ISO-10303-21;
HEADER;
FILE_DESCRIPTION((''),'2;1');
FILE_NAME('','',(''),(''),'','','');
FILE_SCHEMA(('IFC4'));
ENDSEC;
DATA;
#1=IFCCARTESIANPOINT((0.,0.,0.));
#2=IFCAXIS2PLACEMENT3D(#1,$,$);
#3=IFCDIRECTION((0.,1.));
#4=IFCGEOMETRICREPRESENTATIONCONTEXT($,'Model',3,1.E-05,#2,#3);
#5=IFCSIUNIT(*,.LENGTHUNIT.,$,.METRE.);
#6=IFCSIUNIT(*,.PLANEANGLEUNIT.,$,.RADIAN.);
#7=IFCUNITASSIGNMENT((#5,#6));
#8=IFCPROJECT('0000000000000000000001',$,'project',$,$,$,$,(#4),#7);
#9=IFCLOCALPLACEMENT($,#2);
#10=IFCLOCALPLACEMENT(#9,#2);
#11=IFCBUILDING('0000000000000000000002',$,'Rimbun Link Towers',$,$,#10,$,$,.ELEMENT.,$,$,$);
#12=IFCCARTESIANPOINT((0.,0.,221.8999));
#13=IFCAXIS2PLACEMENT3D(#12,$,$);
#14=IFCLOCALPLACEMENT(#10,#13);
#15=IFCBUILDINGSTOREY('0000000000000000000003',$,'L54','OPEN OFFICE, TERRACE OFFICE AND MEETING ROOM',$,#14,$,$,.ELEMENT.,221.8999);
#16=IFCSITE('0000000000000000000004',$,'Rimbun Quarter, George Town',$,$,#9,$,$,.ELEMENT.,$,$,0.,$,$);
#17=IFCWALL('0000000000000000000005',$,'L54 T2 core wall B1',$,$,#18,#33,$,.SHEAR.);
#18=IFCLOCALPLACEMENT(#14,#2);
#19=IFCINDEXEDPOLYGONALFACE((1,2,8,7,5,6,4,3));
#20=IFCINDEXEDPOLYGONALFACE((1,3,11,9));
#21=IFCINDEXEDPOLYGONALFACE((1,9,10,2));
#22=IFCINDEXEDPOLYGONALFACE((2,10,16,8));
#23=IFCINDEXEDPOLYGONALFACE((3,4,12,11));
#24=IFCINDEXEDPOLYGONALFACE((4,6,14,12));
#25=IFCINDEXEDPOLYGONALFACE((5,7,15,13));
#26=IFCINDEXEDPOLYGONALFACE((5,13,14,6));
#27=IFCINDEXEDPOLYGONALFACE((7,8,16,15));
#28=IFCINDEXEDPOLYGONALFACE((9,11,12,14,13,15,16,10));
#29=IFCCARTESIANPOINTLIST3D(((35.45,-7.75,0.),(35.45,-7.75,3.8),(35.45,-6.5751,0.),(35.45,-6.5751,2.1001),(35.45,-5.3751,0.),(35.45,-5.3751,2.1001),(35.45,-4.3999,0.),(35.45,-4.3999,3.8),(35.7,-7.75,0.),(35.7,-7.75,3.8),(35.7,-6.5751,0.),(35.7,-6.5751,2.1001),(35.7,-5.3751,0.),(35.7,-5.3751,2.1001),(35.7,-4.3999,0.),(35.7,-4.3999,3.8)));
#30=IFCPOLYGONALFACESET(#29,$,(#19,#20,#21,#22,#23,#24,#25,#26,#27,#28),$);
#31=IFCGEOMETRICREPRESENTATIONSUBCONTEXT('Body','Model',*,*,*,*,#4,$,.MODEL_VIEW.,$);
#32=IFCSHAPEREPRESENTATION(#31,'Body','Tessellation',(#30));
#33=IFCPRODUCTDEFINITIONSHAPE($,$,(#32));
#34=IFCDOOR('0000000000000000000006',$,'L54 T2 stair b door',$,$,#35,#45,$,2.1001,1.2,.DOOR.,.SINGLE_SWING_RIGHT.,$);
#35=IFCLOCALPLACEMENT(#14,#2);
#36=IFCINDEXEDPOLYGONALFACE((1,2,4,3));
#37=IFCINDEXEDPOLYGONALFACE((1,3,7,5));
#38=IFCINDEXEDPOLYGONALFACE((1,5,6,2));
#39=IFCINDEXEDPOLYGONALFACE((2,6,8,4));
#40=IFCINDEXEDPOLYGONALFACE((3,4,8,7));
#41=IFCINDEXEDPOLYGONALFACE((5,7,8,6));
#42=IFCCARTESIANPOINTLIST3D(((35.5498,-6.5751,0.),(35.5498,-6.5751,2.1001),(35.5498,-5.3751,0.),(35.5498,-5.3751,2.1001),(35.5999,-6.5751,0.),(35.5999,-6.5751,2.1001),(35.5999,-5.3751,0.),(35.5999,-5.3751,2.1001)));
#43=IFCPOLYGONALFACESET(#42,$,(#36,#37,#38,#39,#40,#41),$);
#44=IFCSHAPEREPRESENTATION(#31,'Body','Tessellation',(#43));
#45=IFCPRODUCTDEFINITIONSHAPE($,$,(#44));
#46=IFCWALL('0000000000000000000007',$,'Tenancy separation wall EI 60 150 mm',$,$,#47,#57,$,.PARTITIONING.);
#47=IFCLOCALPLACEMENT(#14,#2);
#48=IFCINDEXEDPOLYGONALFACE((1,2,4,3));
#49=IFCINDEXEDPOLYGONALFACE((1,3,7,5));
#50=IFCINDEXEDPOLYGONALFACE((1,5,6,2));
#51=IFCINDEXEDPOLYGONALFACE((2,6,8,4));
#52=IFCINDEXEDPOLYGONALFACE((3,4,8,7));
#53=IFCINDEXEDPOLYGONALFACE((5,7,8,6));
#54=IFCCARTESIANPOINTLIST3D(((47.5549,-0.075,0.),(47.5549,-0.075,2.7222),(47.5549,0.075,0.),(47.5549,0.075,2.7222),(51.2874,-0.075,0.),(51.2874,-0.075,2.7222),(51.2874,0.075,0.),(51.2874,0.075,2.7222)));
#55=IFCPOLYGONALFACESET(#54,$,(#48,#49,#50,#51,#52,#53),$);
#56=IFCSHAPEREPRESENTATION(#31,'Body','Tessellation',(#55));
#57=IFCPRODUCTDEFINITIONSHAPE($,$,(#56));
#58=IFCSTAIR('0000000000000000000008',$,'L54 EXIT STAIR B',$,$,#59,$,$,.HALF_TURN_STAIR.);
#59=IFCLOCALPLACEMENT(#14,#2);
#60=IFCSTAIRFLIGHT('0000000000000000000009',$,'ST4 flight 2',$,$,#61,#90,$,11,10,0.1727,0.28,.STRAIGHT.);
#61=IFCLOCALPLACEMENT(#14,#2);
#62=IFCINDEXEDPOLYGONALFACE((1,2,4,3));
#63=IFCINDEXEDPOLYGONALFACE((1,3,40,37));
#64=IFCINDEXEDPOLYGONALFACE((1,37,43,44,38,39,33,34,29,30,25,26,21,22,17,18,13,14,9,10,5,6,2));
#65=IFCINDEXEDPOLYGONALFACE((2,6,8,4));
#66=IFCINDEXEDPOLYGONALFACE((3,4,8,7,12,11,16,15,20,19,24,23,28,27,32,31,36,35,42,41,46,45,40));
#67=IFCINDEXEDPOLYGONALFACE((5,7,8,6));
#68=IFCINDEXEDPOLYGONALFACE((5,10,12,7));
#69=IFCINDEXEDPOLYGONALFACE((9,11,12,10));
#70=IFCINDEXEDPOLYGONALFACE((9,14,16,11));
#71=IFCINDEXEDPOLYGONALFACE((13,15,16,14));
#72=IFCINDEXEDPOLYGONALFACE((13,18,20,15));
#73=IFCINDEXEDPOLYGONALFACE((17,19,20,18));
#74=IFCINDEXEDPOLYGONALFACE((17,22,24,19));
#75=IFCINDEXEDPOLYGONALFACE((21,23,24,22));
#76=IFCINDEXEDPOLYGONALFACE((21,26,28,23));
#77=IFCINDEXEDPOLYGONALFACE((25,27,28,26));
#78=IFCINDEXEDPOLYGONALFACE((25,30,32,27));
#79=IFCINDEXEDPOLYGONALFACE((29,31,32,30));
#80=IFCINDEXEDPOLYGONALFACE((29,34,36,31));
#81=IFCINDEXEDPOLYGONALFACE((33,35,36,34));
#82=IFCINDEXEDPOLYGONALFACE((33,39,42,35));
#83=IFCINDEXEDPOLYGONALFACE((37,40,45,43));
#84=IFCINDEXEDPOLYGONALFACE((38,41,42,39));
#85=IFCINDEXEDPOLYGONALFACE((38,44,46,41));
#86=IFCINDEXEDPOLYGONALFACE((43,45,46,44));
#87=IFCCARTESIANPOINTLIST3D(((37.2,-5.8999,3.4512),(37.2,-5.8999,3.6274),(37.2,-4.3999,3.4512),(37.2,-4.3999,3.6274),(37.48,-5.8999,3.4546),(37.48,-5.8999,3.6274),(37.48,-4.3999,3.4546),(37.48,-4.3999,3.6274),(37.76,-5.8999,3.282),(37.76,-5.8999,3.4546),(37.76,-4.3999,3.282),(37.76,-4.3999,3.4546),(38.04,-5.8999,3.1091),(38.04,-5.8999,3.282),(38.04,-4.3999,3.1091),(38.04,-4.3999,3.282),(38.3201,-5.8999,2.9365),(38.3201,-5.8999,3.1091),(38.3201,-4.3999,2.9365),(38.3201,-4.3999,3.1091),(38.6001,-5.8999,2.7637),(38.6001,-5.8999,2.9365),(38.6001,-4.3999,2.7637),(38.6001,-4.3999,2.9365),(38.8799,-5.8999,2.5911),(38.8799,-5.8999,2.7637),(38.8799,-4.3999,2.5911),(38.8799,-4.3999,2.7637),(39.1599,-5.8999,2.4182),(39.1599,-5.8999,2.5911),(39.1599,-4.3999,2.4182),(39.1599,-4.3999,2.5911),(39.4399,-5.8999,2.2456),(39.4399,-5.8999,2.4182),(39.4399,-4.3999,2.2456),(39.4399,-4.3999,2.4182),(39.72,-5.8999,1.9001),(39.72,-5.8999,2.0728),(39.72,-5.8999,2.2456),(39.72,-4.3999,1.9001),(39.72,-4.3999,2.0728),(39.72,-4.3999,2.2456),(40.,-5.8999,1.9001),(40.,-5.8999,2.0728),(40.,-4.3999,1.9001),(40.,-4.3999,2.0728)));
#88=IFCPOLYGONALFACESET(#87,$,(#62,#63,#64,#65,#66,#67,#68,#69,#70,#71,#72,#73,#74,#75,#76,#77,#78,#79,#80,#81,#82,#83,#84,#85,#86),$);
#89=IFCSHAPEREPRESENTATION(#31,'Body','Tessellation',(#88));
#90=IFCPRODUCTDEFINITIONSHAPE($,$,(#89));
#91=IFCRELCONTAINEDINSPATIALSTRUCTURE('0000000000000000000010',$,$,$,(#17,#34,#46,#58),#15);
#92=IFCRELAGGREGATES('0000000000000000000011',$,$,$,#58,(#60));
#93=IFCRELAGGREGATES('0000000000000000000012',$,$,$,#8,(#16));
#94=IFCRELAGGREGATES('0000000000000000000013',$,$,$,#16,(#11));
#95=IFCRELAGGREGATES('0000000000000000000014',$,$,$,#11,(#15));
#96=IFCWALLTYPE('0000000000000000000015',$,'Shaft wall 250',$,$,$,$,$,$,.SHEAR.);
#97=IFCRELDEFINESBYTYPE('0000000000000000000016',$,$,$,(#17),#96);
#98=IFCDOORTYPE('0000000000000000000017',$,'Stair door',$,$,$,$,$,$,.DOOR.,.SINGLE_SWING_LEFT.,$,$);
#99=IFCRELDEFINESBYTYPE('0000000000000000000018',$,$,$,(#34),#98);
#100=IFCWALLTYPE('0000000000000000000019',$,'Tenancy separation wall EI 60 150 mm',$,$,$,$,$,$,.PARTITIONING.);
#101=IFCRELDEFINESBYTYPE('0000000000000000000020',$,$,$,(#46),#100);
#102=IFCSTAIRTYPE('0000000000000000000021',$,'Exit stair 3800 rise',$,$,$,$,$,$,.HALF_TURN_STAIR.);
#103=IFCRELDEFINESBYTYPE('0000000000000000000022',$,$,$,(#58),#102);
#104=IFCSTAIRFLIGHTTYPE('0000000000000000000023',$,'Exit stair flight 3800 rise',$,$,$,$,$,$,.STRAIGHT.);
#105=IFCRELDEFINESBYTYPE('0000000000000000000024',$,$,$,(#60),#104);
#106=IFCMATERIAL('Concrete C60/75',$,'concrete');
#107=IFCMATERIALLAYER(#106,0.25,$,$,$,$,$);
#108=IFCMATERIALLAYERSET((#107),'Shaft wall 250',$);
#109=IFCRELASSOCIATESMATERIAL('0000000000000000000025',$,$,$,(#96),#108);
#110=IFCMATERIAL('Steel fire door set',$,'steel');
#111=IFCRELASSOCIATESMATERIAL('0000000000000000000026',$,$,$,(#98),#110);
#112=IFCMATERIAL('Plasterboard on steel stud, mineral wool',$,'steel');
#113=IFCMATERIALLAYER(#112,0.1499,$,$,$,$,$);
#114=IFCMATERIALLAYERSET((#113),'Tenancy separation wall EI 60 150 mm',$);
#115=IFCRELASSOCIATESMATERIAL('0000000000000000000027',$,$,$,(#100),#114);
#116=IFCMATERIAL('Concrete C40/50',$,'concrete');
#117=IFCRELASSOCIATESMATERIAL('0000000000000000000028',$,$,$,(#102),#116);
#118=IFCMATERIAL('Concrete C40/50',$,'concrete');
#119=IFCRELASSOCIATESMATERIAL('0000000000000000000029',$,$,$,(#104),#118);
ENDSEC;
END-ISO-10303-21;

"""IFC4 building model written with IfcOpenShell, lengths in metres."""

from ifc_helpers import new_model, si_unit, direction, frame, frame_2d, origin, place, context, subcontext, project, spatial, polyline, rectangle, outline, extrude, material, layer, layer_set, type_object, element, fill, aggregate, save


model = new_model("IFC4")

# Units and contexts
model_context = context("Model", 3, precision=1e-05, world=origin(), true_north=direction((0.0, 1.0)))
body_context = subcontext(model_context, "Body", "Model", "MODEL_VIEW")
ifc_project = project(units=[si_unit("LENGTHUNIT", "METRE"), si_unit("PLANEANGLEUNIT", "RADIAN")], contexts=[model_context])

# Site, building, storey
site_placement = place(None, origin())
site = spatial("IfcSite", under=ifc_project, at=site_placement, Name="Rimbun Quarter, George Town", CompositionType="ELEMENT", RefElevation=0.0)
building_placement = place(site_placement, origin())
building = spatial("IfcBuilding", under=site, at=building_placement, Name="Rimbun Link Towers", CompositionType="ELEMENT")
storey_placement = place(building_placement, frame((0.0, 0.0, 221.8999)))
storey = spatial("IfcBuildingStorey", under=building, at=storey_placement, Name="L54", Description="OPEN OFFICE, TERRACE OFFICE AND MEETING ROOM", CompositionType="ELEMENT", Elevation=221.8999)

# Shared definitions
ifc_material_1 = material(Name="Concrete C60/75", Category="concrete")
ifc_layer_1 = layer(ifc_material_1, 0.25)
ifc_layer_set_1 = layer_set([ifc_layer_1], Name="Shaft wall 250")
wall_type_1 = type_object("IfcWallType", Name="Shaft wall 250", PredefinedType="SHEAR", material=ifc_layer_set_1)

# Wall, opening, door
wall_1_placement = place(storey_placement, frame((35.575, -4.3999, 0.0), z_axis=(0.0, 0.0, 1.0), x_axis=(0.0, -1.0, 0.0)))
wall_1 = element("IfcWall", 1, at=wall_1_placement, inside=storey, type_object=wall_type_1, Name="L54 T2 core wall B1", PredefinedType="SHEAR", context=body_context, shape_type="SweptSolid", body=[
    extrude(rectangle(XDim=3.3501, YDim=0.25, at=frame_2d((1.675, 0.0))), origin(), (0.0, 0.0, 1.0), 3.8),
])
opening_1_placement = place(wall_1_placement, frame((0.9751, 0.0, 0.0)))
opening_1 = element("IfcOpeningElement", 2, at=opening_1_placement, cuts=wall_1, PredefinedType="OPENING", context=body_context, shape_type="SweptSolid", body=[
    extrude(rectangle(XDim=1.2, YDim=2.1001, at=frame_2d((0.6001, 1.05))), frame((0.0, 0.135, 0.0), z_axis=(0.0, -1.0, 0.0), x_axis=(1.0, 0.0, 0.0)), (0.0, 0.0, 1.0), 0.27),
])
ifc_material_2 = material(Name="Steel fire door set", Category="steel")
door_type_1 = type_object("IfcDoorType", Name="Stair door", OperationType="SINGLE_SWING_LEFT", PredefinedType="DOOR", material=ifc_material_2)
door_1_placement = place(opening_1_placement, origin())
door_1 = element("IfcDoor", 3, at=door_1_placement, inside=storey, type_object=door_type_1, Name="L54 T2 stair b door", OperationType="SINGLE_SWING_RIGHT", OverallHeight=2.1001, OverallWidth=1.2, PredefinedType="DOOR", context=body_context, shape_type="SweptSolid", body=[
    extrude(rectangle(XDim=1.2, YDim=2.1001, at=frame_2d((0.6001, 1.05))), frame((0.0, 0.0249, 0.0), z_axis=(0.0, -1.0, 0.0), x_axis=(1.0, 0.0, 0.0)), (0.0, 0.0, 1.0), 0.05),
])
fill(opening_1, door_1)

# Wall
ifc_material_3 = material(Name="Plasterboard on steel stud, mineral wool", Category="steel")
ifc_layer_2 = layer(ifc_material_3, 0.1499)
ifc_layer_set_2 = layer_set([ifc_layer_2], Name="Tenancy separation wall EI 60 150 mm")
wall_type_2 = type_object("IfcWallType", Name="Tenancy separation wall EI 60 150 mm", PredefinedType="PARTITIONING", material=ifc_layer_set_2)
wall_2_placement = place(storey_placement, frame((47.5549, 0.0, 0.0), z_axis=(0.0, 0.0, 1.0), x_axis=(1.0, 0.0, 0.0)))
element("IfcWall", 4, at=wall_2_placement, inside=storey, type_object=wall_type_2, Name="Tenancy separation wall EI 60 150 mm", PredefinedType="PARTITIONING", context=body_context, shape_type="SweptSolid", body=[
    extrude(rectangle(XDim=3.7324, YDim=0.1499, at=frame_2d((1.8662, 0.0))), origin(), (0.0, 0.0, 1.0), 2.7222),
])

# Stair, stair flight
ifc_material_4 = material(Name="Concrete C40/50", Category="concrete")
stair_type = type_object("IfcStairType", Name="Exit stair 3800 rise", PredefinedType="HALF_TURN_STAIR", material=ifc_material_4)
stair_placement = place(storey_placement, origin())
stair = element("IfcStair", 5, at=stair_placement, inside=storey, type_object=stair_type, Name="L54 EXIT STAIR B", PredefinedType="HALF_TURN_STAIR")
ifc_material_5 = material(Name="Concrete C40/50", Category="concrete")
stair_flight_type = type_object("IfcStairFlightType", Name="Exit stair flight 3800 rise", PredefinedType="STRAIGHT", material=ifc_material_5)
stair_flight_placement = place(storey_placement, frame((40.0, -5.1499, 1.9001), z_axis=(0.0, 0.0, 1.0), x_axis=(-1.0, 0.0, 0.0)))
stair_flight = element("IfcStairFlight", 6, at=stair_flight_placement, type_object=stair_flight_type, Name="ST4 flight 2", NumberOfRisers=11, NumberOfTreads=10, PredefinedType="STRAIGHT", RiserHeight=0.1727, TreadLength=0.28, context=body_context, shape_type="SweptSolid", body=[
    extrude(outline(polyline([(0.0, 0.0), (0.0, 0.1726), (0.28, 0.1726), (0.28, 0.3455), (0.5601, 0.3455), (0.5601, 0.5181), (0.8401, 0.5181), (0.8401, 0.6909), (1.1201, 0.6909), (1.1201, 0.8635), (1.3999, 0.8635), (1.3999, 1.0364), (1.6799, 1.0364), (1.6799, 1.209), (1.96, 1.209), (1.96, 1.3818), (2.24, 1.3818), (2.24, 1.5544), (2.52, 1.5544), (2.52, 1.7273), (2.8, 1.7273), (2.8, 1.8999), (2.8, 1.551), (0.28, 0.0), (0.0, 0.0)])), frame((0.0, 0.75, 0.0), z_axis=(0.0, -1.0, 0.0), x_axis=(1.0, 0.0, 0.0)), (0.0, 0.0, 1.0), 1.5),
])
aggregate(stair, [stair_flight])

save(model, "model.ifc")
